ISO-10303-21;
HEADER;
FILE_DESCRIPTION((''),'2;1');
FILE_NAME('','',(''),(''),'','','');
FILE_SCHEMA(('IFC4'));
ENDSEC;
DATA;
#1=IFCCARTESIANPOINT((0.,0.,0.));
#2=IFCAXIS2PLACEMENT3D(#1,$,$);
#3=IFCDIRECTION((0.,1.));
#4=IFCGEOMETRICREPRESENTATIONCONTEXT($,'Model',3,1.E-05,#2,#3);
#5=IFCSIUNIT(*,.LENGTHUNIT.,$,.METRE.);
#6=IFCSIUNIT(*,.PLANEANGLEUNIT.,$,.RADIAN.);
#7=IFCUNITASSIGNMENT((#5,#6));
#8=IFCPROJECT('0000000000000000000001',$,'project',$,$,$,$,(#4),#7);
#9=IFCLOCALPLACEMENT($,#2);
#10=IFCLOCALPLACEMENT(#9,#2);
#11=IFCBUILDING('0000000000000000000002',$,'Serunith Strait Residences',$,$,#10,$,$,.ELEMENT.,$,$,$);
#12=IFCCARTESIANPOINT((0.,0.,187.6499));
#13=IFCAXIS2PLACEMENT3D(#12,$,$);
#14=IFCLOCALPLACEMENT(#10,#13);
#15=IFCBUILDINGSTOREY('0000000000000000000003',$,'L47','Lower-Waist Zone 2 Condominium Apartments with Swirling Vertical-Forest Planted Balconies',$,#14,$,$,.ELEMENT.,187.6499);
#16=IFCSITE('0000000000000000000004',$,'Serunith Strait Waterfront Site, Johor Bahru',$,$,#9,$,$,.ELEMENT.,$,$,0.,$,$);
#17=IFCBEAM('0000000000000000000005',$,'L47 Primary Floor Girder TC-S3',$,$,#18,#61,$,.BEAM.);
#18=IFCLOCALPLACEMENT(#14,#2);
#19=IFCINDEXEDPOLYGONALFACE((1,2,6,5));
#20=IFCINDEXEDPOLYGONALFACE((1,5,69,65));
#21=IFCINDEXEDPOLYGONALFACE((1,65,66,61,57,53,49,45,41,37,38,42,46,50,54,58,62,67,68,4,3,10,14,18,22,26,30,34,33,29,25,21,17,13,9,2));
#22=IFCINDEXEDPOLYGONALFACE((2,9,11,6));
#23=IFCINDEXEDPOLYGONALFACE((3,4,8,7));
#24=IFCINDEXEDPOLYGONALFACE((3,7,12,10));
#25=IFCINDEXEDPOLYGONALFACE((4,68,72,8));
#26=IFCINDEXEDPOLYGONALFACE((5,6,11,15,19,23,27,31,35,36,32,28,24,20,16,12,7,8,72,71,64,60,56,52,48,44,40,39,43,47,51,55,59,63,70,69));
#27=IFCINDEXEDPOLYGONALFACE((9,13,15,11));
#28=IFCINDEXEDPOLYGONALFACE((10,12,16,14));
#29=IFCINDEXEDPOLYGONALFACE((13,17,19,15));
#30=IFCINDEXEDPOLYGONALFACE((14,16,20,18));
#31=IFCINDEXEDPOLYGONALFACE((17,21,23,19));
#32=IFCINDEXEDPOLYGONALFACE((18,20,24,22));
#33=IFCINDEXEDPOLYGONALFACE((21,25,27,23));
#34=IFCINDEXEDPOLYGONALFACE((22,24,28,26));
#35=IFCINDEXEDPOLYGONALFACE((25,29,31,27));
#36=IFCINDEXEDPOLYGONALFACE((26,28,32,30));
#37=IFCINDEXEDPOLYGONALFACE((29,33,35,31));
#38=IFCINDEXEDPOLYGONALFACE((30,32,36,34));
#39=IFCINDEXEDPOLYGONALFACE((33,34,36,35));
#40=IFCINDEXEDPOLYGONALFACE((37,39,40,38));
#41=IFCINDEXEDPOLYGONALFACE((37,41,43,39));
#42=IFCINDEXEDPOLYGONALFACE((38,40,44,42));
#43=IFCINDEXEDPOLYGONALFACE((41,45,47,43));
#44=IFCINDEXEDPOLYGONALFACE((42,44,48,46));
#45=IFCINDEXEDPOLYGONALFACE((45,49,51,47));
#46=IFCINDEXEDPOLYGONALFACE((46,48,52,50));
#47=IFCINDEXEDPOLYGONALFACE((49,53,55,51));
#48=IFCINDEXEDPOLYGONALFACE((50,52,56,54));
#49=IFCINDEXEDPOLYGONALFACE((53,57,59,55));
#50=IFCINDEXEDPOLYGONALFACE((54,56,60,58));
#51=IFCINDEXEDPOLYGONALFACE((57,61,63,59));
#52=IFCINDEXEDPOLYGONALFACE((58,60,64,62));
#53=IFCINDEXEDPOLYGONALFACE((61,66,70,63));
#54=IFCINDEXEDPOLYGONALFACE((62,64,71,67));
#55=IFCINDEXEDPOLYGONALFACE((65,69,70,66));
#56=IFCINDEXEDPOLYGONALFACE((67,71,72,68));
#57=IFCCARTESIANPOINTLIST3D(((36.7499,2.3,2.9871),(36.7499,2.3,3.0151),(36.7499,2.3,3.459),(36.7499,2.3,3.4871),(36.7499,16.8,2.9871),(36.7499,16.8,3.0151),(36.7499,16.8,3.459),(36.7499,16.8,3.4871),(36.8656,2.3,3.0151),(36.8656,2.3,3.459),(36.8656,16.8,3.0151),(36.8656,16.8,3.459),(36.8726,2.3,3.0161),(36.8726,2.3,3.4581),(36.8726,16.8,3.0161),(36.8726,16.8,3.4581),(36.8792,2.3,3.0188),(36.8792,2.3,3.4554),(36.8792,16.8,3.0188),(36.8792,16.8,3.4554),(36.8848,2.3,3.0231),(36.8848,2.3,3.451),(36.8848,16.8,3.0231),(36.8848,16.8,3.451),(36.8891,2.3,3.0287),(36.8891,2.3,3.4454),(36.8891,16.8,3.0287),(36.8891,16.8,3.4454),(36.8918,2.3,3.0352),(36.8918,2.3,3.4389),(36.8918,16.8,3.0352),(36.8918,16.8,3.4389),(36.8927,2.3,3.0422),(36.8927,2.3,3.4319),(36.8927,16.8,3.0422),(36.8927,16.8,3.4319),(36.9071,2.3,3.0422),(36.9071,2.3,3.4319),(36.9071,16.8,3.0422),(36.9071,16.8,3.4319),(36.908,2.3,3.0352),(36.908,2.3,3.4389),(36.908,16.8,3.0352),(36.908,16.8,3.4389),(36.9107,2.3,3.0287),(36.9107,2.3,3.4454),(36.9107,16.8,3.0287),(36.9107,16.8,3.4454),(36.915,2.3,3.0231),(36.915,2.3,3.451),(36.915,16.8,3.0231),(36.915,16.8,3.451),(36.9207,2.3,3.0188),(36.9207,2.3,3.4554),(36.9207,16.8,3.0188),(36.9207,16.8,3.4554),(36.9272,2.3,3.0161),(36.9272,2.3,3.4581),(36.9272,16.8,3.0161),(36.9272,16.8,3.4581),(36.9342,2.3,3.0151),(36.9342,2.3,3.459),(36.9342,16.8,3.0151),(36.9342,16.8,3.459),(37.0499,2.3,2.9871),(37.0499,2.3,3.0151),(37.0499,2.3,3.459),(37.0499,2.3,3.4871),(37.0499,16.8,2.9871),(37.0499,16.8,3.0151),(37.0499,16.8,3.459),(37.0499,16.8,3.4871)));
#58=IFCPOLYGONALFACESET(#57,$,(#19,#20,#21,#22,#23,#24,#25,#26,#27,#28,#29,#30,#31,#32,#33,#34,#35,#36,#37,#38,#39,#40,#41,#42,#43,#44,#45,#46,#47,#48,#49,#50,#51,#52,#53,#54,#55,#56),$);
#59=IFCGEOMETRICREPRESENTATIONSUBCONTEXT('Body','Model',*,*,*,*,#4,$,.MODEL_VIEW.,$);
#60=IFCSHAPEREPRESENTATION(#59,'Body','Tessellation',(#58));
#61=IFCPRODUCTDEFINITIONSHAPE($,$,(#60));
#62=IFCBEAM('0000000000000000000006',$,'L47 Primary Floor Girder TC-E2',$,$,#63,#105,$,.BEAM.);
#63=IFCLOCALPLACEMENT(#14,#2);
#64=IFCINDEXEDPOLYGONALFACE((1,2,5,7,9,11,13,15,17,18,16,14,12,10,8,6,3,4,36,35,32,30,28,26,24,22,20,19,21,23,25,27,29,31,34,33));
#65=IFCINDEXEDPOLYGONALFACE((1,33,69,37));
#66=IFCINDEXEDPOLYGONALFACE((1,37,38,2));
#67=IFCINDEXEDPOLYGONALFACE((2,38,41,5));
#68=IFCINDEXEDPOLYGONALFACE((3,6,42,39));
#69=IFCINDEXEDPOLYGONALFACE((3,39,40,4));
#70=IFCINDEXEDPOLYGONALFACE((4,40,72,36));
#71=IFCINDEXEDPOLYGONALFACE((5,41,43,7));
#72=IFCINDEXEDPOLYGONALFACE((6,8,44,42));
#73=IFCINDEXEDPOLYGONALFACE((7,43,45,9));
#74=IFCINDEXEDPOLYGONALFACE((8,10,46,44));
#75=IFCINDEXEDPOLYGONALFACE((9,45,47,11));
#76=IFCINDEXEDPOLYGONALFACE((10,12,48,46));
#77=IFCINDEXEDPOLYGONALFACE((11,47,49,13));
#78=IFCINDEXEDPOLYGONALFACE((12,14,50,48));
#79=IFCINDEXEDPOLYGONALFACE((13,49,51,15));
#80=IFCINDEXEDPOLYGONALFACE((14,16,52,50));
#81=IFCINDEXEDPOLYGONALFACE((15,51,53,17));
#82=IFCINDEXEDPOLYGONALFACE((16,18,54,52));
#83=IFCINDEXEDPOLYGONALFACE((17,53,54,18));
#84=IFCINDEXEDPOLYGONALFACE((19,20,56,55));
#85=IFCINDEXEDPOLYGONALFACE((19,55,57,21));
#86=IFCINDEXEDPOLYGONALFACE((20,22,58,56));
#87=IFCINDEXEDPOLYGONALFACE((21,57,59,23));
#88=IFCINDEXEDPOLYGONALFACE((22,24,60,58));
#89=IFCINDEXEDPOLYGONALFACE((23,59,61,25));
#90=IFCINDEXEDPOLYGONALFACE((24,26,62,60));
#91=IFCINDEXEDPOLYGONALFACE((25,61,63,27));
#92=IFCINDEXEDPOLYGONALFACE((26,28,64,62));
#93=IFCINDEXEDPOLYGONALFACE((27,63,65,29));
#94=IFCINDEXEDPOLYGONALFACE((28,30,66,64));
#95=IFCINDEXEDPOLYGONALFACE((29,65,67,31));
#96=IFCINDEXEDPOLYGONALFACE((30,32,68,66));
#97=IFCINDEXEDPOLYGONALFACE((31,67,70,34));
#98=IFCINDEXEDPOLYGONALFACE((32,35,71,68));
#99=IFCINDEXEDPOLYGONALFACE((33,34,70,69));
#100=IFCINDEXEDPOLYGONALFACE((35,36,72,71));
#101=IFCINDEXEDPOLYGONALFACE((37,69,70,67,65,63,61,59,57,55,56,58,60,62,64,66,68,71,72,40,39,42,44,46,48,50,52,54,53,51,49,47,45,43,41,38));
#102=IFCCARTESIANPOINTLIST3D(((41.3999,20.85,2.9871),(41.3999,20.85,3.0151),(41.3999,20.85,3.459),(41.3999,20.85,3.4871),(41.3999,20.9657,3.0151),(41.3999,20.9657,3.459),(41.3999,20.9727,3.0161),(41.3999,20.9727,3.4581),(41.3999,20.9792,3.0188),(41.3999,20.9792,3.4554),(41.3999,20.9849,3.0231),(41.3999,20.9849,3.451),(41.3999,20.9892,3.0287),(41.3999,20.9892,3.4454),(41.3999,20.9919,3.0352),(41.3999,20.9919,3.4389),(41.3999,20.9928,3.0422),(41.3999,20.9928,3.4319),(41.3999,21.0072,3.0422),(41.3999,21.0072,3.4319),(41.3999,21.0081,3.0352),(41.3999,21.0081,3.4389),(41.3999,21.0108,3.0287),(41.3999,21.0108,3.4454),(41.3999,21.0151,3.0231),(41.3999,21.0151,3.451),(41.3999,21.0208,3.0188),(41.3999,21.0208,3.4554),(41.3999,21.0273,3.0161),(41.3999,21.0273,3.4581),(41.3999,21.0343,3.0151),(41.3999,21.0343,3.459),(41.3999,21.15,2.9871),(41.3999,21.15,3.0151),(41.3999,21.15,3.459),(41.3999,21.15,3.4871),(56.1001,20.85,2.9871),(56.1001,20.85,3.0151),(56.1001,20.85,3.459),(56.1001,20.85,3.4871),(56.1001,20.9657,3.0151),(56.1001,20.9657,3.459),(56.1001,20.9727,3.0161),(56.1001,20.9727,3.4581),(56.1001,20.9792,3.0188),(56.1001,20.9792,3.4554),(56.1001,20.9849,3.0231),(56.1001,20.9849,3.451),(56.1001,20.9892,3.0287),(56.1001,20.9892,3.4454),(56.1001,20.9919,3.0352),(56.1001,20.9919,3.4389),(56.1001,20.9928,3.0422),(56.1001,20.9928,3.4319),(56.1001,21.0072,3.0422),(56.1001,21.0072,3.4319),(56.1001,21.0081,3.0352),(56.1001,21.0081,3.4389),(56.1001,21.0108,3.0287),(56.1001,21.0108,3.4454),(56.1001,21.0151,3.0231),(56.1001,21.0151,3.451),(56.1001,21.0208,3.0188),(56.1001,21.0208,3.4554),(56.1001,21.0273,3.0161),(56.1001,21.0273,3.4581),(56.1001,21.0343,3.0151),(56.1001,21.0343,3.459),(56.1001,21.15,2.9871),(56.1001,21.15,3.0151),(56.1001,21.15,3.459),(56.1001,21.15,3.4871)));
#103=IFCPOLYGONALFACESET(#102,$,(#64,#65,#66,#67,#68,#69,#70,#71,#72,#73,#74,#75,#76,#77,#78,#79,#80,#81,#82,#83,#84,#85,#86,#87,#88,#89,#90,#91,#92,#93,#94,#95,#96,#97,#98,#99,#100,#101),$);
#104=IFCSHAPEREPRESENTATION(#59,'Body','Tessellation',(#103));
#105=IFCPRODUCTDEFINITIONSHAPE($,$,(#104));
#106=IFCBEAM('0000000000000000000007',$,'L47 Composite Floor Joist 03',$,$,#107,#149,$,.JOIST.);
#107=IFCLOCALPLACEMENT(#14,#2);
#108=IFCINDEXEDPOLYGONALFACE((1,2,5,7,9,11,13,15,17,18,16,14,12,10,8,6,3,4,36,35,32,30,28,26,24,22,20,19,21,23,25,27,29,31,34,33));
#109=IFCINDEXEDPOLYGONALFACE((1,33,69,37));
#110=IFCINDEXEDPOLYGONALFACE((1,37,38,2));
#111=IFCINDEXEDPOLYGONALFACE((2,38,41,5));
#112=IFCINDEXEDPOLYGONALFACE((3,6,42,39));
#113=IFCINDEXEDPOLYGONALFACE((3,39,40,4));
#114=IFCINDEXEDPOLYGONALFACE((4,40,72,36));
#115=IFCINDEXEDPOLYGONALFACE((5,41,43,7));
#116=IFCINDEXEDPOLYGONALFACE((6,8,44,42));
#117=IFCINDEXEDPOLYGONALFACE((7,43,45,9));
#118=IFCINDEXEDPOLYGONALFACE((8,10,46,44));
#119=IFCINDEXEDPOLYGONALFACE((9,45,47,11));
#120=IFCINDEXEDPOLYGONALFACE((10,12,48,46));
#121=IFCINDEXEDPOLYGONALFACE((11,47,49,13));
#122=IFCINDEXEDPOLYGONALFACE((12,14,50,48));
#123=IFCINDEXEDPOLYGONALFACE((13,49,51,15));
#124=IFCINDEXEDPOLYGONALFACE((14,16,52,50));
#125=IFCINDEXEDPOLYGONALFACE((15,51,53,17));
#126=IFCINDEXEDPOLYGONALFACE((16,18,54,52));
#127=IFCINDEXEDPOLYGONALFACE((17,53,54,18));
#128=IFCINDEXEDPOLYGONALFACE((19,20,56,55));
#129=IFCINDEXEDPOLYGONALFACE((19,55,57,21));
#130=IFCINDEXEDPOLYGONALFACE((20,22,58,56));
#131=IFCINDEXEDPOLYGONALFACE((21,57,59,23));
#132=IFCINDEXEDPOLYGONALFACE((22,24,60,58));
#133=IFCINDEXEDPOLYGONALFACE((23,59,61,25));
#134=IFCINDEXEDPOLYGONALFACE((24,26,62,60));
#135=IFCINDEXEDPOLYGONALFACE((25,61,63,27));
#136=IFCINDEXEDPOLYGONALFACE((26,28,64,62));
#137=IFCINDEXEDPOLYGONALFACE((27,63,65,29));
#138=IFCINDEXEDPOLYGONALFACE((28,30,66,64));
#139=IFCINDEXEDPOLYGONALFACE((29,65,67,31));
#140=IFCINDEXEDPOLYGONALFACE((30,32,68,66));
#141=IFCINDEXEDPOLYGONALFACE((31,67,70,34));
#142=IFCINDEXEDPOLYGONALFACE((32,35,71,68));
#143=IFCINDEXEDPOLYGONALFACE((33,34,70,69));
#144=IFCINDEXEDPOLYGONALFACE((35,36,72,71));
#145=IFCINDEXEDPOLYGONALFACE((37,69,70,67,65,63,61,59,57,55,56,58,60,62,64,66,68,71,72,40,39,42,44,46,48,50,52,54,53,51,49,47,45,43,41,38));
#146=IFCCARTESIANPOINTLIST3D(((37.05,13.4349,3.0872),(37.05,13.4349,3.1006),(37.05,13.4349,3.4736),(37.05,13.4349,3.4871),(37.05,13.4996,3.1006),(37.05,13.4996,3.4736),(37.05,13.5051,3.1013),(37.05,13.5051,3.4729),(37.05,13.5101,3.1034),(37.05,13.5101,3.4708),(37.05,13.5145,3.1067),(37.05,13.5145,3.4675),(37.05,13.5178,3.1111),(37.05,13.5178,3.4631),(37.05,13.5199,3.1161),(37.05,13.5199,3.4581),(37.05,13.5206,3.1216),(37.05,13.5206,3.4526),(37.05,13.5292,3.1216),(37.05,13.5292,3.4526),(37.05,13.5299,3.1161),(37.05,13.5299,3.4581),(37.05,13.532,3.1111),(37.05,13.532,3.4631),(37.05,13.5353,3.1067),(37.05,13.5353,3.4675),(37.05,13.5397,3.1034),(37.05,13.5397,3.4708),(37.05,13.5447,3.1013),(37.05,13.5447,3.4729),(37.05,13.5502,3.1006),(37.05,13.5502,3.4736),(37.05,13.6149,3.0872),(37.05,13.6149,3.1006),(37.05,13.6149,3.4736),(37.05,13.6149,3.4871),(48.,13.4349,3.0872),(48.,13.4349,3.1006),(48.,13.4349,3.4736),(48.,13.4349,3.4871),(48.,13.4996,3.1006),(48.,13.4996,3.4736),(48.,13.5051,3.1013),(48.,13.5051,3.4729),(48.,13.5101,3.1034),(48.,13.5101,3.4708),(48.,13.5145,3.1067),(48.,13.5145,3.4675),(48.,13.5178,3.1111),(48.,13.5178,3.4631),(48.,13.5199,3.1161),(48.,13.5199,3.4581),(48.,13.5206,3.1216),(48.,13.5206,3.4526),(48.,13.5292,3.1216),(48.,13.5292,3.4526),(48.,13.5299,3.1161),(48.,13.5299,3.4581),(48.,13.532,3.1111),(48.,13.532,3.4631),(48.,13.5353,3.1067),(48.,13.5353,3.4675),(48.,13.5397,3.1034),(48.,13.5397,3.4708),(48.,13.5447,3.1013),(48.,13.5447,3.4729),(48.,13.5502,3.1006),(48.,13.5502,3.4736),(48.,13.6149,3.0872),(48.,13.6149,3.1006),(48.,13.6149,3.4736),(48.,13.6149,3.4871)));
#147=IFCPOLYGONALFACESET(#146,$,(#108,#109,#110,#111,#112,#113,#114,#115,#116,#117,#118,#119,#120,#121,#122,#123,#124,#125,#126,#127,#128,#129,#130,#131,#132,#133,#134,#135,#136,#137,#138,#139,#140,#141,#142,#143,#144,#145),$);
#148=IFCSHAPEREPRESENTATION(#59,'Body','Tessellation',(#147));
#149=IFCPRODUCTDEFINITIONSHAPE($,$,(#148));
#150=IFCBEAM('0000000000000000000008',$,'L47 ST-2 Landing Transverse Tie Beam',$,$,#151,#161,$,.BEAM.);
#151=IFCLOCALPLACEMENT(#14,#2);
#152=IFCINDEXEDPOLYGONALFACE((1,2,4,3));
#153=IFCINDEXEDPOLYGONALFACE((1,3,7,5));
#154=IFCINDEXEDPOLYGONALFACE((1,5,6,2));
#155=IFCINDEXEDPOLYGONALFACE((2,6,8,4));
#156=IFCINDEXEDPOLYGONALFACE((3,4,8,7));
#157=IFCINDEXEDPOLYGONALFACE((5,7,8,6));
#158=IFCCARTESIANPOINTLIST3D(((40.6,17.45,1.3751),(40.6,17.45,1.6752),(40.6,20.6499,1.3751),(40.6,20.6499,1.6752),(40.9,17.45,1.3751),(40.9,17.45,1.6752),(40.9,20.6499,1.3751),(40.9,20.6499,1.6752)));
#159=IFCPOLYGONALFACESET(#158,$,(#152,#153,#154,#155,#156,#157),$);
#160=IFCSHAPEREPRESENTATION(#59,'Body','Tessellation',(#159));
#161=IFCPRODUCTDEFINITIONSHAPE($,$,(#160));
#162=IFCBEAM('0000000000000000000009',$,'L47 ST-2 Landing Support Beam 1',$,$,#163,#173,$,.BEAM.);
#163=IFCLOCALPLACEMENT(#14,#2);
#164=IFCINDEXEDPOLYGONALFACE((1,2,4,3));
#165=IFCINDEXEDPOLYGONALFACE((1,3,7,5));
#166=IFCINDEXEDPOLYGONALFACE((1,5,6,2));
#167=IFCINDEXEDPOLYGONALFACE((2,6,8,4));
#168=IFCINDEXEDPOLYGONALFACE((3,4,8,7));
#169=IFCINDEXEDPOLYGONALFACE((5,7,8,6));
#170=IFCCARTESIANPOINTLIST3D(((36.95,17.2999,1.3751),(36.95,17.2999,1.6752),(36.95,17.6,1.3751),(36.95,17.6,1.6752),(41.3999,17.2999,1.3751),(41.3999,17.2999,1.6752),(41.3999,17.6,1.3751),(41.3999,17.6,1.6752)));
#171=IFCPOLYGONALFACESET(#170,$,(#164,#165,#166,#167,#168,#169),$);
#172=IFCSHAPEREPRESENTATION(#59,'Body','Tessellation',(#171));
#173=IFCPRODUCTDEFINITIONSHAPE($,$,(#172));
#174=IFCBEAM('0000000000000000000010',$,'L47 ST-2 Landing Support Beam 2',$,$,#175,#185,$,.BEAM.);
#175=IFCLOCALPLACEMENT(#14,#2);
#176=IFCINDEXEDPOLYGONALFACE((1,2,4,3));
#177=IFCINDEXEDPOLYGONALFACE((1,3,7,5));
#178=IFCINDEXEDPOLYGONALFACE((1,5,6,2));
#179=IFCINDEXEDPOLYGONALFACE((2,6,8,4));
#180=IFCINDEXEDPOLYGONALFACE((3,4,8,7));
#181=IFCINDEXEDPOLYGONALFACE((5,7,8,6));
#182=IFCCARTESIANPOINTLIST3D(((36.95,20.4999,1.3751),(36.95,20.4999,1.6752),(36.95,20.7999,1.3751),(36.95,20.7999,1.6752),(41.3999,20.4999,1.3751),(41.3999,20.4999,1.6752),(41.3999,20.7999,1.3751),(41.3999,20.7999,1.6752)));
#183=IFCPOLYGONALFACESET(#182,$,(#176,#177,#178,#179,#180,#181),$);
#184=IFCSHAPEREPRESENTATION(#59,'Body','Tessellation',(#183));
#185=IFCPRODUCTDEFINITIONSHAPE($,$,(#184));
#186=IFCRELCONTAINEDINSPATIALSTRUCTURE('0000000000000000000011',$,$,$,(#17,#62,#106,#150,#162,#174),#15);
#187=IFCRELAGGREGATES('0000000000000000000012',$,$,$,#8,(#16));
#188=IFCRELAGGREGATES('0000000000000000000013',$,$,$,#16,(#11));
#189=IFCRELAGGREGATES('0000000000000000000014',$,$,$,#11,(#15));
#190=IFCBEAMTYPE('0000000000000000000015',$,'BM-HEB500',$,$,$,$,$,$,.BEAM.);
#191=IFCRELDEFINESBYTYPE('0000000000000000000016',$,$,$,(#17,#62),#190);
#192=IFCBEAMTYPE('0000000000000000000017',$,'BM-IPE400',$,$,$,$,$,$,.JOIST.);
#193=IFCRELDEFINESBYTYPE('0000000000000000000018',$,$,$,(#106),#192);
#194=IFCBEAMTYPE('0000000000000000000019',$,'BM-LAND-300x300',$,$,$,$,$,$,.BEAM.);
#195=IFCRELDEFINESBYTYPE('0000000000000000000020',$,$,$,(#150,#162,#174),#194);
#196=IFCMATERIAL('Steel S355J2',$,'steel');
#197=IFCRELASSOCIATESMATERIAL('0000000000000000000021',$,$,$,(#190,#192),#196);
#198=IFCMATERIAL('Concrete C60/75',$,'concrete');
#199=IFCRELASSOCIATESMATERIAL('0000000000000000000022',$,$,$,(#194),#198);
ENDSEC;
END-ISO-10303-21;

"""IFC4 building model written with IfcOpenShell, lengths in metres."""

from ifc_helpers import new_model, si_unit, direction, frame, origin, origin_2d, place, context, subcontext, project, spatial, rectangle, i_section, extrude, source, transform, mapped, material, material_profile, profile_set, type_object, element, save


model = new_model("IFC4")

# Units and contexts
model_context = context("Model", 3, precision=1e-05, world=origin(), true_north=direction((0.0, 1.0)))
body_context = subcontext(model_context, "Body", "Model", "MODEL_VIEW")
ifc_project = project(units=[si_unit("LENGTHUNIT", "METRE"), si_unit("PLANEANGLEUNIT", "RADIAN")], contexts=[model_context])

# Site, building, storey
site_placement = place(None, origin())
site = spatial("IfcSite", under=ifc_project, at=site_placement, Name="Serunith Strait Waterfront Site, Johor Bahru", CompositionType="ELEMENT", RefElevation=0.0)
building_placement = place(site_placement, origin())
building = spatial("IfcBuilding", under=site, at=building_placement, Name="Serunith Strait Residences", CompositionType="ELEMENT")
storey_placement = place(building_placement, frame((0.0, 0.0, 187.6499)))
storey = spatial("IfcBuildingStorey", under=building, at=storey_placement, Name="L47", Description="Lower-Waist Zone 2 Condominium Apartments with Swirling Vertical-Forest Planted Balconies", CompositionType="ELEMENT", Elevation=187.6499)

# Beams
ifc_material_1 = material(Name="Steel S355J2", Category="steel")
ifc_material_profile_1 = material_profile(ifc_material_1, i_section(OverallWidth=0.3, OverallDepth=0.5, WebThickness=0.0144, FlangeThickness=0.0281, FilletRadius=0.0271, at=origin_2d()), Name="HEB 500")
ifc_profile_set_1 = profile_set([ifc_material_profile_1], Name="Steel S355J2")
beam_type_1 = type_object("IfcBeamType", Name="BM-HEB500", PredefinedType="BEAM", material=ifc_profile_set_1)
shared_shape_1 = source(origin(), body_context, "Body", "SweptSolid", [
    extrude(i_section(OverallWidth=0.3, OverallDepth=0.5, WebThickness=0.0144, FlangeThickness=0.0281, FilletRadius=0.0271, at=origin_2d()), origin(), (0.0, 0.0, 1.0), 14.5),
])
beam_1_placement = place(storey_placement, frame((36.8999, 16.8, 3.2371), z_axis=(0.0, -1.0, 0.0), x_axis=(1.0, 0.0, 0.0)))
element("IfcBeam", 1, at=beam_1_placement, inside=storey, type_object=beam_type_1, Name="L47 Primary Floor Girder TC-S3", PredefinedType="BEAM", context=body_context, shape_type="MappedRepresentation", body=[
    mapped(shared_shape_1, transform((0.0, 0.0, 0.0), scale=1.0)),
])
shared_shape_2 = source(origin(), body_context, "Body", "SweptSolid", [
    extrude(i_section(OverallWidth=0.3, OverallDepth=0.5, WebThickness=0.0144, FlangeThickness=0.0281, FilletRadius=0.0271, at=origin_2d()), origin(), (0.0, 0.0, 1.0), 14.7002),
])
beam_2_placement = place(storey_placement, frame((41.3999, 21.0, 3.2371), z_axis=(1.0, 0.0, 0.0), x_axis=(0.0, 1.0, 0.0)))
element("IfcBeam", 2, at=beam_2_placement, inside=storey, type_object=beam_type_1, Name="L47 Primary Floor Girder TC-E2", PredefinedType="BEAM", context=body_context, shape_type="MappedRepresentation", body=[
    mapped(shared_shape_2, transform((0.0, 0.0, 0.0), scale=1.0)),
])
ifc_material_profile_2 = material_profile(ifc_material_1, i_section(OverallWidth=0.1799, OverallDepth=0.3999, WebThickness=0.0085, FlangeThickness=0.0134, FilletRadius=0.021, at=origin_2d()), Name="IPE 400")
ifc_profile_set_2 = profile_set([ifc_material_profile_2], Name="Steel S355J2")
beam_type_2 = type_object("IfcBeamType", Name="BM-IPE400", PredefinedType="JOIST", material=ifc_profile_set_2)
shared_shape_3 = source(origin(), body_context, "Body", "SweptSolid", [
    extrude(i_section(OverallWidth=0.1799, OverallDepth=0.3999, WebThickness=0.0085, FlangeThickness=0.0134, FilletRadius=0.021, at=origin_2d()), origin(), (0.0, 0.0, 1.0), 10.95),
])
beam_3_placement = place(storey_placement, frame((37.05, 13.5249, 3.2871), z_axis=(1.0, 0.0, 0.0), x_axis=(0.0, 1.0, 0.0)))
element("IfcBeam", 3, at=beam_3_placement, inside=storey, type_object=beam_type_2, Name="L47 Composite Floor Joist 03", PredefinedType="JOIST", context=body_context, shape_type="MappedRepresentation", body=[
    mapped(shared_shape_3, transform((0.0, 0.0, 0.0), scale=1.0)),
])
ifc_material_2 = material(Name="Concrete C60/75", Category="concrete")
ifc_material_profile_3 = material_profile(ifc_material_2, rectangle(XDim=0.3, YDim=0.3, at=origin_2d()), Name="RC 300x300")
ifc_profile_set_3 = profile_set([ifc_material_profile_3], Name="Concrete C60/75")
beam_type_3 = type_object("IfcBeamType", Name="BM-LAND-300x300", PredefinedType="BEAM", material=ifc_profile_set_3)
shared_shape_4 = source(origin(), body_context, "Body", "SweptSolid", [
    extrude(rectangle(XDim=0.3, YDim=0.3, at=origin_2d()), origin(), (0.0, 0.0, 1.0), 3.2),
])
beam_4_placement = place(storey_placement, frame((40.75, 17.45, 1.5251), z_axis=(0.0, 1.0, 0.0), x_axis=(-1.0, 0.0, 0.0)))
element("IfcBeam", 4, at=beam_4_placement, inside=storey, type_object=beam_type_3, Name="L47 ST-2 Landing Transverse Tie Beam", PredefinedType="BEAM", context=body_context, shape_type="MappedRepresentation", body=[
    mapped(shared_shape_4, transform((0.0, 0.0, 0.0), scale=1.0)),
])
shared_shape_5 = source(origin(), body_context, "Body", "SweptSolid", [
    extrude(rectangle(XDim=0.3, YDim=0.3, at=origin_2d()), origin(), (0.0, 0.0, 1.0), 4.45),
])
for number, where, z_axis, x_axis, name in (
    (5, (36.95, 17.45, 1.5251), (1.0, 0.0, 0.0), (0.0, 1.0, 0.0), "L47 ST-2 Landing Support Beam 1"),
    (6, (36.95, 20.6499, 1.5251), (1.0, 0.0, 0.0), (0.0, 1.0, 0.0), "L47 ST-2 Landing Support Beam 2"),
):
    element("IfcBeam", number, at=place(storey_placement, frame(where, z_axis=z_axis, x_axis=x_axis)), inside=storey, type_object=beam_type_3, Name=name, PredefinedType="BEAM", context=body_context, shape_type="MappedRepresentation", body=[
        mapped(shared_shape_5, transform((0.0, 0.0, 0.0), scale=1.0)),
    ])

save(model, "model.ifc")
